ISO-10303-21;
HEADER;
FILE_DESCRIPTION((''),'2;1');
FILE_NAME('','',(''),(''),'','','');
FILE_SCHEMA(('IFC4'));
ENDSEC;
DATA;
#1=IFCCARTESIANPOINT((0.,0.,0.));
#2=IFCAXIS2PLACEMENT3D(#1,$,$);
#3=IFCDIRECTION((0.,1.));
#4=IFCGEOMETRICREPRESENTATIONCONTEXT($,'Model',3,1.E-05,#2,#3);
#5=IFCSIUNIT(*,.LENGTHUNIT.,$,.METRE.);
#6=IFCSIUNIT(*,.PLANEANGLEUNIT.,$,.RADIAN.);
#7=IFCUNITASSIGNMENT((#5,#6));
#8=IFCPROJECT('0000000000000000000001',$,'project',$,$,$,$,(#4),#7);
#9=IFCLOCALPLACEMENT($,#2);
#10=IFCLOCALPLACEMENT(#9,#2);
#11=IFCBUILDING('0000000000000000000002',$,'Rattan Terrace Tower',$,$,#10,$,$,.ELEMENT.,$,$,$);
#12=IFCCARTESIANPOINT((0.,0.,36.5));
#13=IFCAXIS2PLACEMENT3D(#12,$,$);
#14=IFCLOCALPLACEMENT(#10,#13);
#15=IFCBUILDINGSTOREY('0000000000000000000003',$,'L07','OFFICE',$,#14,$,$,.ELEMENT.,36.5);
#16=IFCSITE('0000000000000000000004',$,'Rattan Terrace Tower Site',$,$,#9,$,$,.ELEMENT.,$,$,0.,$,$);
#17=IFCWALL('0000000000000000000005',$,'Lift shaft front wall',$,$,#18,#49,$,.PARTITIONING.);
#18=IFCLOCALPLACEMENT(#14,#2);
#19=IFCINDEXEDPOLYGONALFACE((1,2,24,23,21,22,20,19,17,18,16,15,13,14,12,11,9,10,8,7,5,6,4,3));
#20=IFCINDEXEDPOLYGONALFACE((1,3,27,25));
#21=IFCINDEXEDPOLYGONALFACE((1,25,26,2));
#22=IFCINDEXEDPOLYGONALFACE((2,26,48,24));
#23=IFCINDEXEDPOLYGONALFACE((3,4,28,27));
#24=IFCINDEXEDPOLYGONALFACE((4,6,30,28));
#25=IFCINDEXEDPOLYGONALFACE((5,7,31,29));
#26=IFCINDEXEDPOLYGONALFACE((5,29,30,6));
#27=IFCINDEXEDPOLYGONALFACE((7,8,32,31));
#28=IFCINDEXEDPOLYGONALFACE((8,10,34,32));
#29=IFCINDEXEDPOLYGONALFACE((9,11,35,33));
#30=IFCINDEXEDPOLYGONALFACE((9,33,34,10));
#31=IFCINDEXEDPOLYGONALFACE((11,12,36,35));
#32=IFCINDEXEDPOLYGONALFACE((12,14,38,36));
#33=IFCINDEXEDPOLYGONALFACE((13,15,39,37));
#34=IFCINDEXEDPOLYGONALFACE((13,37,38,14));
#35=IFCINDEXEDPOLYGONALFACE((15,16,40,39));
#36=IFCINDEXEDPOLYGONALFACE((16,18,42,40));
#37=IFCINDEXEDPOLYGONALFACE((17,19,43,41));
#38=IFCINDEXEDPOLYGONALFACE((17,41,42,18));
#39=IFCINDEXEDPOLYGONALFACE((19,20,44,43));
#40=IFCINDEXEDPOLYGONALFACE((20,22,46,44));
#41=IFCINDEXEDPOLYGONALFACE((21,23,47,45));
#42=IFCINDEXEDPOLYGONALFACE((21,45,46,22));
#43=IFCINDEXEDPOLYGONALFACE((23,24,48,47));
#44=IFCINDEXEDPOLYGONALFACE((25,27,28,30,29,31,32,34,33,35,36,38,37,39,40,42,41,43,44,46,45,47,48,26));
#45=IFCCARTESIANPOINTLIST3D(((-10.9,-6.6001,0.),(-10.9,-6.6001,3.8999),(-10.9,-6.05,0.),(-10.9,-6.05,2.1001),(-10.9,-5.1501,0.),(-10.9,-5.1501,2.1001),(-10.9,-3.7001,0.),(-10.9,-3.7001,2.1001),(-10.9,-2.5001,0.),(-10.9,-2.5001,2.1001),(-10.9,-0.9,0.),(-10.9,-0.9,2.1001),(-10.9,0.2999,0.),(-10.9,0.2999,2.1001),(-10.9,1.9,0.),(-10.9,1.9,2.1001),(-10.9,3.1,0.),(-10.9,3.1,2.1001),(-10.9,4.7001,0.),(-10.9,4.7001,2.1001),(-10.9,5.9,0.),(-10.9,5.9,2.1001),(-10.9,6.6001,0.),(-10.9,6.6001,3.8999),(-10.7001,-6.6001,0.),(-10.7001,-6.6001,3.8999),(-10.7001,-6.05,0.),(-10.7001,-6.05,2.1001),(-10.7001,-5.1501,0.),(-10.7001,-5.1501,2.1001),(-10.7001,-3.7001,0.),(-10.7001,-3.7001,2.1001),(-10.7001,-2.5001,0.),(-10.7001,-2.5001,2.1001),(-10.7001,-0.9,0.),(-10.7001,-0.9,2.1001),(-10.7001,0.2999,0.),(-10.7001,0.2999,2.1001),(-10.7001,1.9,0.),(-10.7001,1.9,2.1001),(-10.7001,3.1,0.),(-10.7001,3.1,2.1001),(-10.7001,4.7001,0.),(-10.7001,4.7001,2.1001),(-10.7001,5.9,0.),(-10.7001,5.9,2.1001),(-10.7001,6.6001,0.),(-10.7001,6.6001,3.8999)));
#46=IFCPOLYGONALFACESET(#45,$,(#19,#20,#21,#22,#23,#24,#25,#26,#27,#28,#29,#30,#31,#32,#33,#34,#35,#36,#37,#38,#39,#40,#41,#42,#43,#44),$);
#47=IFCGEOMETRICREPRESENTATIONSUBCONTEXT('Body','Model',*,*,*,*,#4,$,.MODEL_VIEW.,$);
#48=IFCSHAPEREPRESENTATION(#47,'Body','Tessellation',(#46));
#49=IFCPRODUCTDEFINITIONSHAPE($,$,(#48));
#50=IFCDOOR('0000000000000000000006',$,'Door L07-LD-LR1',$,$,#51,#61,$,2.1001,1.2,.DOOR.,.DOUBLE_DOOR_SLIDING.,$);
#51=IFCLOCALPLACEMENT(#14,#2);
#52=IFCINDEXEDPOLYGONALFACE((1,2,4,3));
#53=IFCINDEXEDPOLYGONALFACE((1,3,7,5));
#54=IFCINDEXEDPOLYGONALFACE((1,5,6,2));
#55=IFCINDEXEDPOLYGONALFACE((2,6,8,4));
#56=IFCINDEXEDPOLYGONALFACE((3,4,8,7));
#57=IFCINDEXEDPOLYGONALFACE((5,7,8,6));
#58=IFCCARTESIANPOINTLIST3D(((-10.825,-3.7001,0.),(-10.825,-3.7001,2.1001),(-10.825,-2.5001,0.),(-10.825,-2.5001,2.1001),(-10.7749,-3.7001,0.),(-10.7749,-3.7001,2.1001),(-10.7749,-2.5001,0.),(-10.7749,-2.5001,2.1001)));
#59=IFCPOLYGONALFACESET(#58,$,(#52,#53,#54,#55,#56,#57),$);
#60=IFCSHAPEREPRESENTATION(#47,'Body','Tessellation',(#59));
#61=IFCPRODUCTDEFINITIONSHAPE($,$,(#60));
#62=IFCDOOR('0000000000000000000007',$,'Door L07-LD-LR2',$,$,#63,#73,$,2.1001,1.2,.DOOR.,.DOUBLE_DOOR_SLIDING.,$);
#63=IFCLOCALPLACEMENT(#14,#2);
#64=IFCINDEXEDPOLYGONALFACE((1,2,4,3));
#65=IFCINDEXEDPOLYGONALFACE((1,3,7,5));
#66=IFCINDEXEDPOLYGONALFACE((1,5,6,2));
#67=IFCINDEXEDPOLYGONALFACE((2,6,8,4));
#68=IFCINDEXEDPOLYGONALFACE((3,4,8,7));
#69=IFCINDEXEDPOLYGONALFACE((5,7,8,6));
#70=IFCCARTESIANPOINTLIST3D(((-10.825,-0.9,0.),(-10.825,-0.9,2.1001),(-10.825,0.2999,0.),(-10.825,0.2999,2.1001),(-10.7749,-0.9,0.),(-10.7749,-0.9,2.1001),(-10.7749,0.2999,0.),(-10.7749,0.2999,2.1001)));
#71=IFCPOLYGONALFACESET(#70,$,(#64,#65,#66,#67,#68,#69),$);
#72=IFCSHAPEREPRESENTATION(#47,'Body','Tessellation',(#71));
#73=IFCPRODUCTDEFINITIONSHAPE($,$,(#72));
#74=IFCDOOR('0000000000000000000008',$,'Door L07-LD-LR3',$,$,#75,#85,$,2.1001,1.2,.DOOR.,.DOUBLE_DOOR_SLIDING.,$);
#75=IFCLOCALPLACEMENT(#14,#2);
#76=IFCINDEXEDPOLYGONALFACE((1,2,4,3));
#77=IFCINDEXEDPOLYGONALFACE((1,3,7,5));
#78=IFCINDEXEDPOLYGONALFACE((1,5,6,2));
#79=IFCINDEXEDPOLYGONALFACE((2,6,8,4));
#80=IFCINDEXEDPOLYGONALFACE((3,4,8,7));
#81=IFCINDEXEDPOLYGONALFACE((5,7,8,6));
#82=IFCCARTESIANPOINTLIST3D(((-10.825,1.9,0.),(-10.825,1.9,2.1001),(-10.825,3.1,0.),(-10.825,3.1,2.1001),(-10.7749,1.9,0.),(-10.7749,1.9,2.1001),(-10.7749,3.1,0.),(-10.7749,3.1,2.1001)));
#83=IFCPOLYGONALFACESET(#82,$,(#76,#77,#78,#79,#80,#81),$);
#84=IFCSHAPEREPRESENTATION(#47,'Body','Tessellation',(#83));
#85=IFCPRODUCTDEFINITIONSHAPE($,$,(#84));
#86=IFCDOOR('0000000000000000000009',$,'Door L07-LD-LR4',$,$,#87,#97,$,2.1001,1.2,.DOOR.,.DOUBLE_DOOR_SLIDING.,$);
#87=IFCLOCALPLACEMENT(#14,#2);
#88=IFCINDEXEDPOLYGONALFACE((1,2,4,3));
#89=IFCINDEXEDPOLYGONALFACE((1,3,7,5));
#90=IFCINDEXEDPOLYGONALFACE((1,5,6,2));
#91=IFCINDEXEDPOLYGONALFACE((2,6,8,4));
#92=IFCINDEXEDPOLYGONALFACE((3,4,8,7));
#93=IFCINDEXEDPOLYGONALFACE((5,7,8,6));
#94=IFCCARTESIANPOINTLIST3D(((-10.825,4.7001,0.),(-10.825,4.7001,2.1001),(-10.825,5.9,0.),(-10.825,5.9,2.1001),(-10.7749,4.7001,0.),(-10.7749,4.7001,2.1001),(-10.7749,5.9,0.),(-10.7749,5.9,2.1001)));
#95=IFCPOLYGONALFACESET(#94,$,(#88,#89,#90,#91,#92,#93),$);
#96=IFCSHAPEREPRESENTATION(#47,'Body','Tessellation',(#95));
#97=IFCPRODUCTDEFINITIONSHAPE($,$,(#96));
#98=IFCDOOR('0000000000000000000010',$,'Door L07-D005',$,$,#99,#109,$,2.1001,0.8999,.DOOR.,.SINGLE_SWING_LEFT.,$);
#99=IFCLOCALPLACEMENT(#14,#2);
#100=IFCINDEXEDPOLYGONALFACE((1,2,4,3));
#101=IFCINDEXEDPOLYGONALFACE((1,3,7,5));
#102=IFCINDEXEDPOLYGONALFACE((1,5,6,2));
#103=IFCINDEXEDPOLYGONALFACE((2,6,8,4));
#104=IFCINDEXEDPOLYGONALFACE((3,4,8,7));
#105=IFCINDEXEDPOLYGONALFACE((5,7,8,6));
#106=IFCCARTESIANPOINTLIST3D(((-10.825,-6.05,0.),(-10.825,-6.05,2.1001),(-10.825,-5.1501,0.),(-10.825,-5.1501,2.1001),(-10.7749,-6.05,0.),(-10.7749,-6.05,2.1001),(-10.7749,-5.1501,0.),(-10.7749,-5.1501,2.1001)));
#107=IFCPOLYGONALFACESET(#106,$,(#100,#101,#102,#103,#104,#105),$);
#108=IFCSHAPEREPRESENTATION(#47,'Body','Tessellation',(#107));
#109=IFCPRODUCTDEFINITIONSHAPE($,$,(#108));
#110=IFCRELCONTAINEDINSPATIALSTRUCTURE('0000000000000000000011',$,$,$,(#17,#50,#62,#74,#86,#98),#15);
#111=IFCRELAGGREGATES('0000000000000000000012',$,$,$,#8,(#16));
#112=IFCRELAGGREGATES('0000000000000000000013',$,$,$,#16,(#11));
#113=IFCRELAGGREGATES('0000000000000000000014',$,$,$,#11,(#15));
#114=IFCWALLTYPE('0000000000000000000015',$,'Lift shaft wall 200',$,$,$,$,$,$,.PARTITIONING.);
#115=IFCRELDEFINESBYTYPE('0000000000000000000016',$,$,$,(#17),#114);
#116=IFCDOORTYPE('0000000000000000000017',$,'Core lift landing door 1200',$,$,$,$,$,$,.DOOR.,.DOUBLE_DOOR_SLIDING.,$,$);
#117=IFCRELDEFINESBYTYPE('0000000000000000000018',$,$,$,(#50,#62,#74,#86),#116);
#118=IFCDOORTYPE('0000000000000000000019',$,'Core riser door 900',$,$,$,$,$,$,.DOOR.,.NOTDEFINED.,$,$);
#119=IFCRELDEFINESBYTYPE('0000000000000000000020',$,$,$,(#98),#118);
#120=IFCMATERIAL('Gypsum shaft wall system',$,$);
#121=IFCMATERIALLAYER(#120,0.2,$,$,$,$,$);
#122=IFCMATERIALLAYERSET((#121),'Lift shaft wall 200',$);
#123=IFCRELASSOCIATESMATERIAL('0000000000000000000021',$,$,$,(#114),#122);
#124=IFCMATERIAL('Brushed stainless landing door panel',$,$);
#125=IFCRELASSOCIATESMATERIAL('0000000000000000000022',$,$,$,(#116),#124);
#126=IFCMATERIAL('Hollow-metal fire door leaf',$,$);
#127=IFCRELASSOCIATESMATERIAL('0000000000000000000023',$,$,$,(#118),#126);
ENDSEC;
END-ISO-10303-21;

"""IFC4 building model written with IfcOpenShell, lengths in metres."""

from ifc_helpers import new_model, si_unit, direction, frame, frame_2d, origin, place, context, subcontext, project, spatial, rectangle, extrude, material, layer, layer_set, type_object, element, fill, save


model = new_model("IFC4")

# Units and contexts
model_context = context("Model", 3, precision=1e-05, world=origin(), true_north=direction((0.0, 1.0)))
body_context = subcontext(model_context, "Body", "Model", "MODEL_VIEW")
ifc_project = project(units=[si_unit("LENGTHUNIT", "METRE"), si_unit("PLANEANGLEUNIT", "RADIAN")], contexts=[model_context])

# Site, building, storey
site_placement = place(None, origin())
site = spatial("IfcSite", under=ifc_project, at=site_placement, Name="Rattan Terrace Tower Site", CompositionType="ELEMENT", RefElevation=0.0)
building_placement = place(site_placement, origin())
building = spatial("IfcBuilding", under=site, at=building_placement, Name="Rattan Terrace Tower", CompositionType="ELEMENT")
storey_placement = place(building_placement, frame((0.0, 0.0, 36.5)))
storey = spatial("IfcBuildingStorey", under=building, at=storey_placement, Name="L07", Description="OFFICE", CompositionType="ELEMENT", Elevation=36.5)

# Wall, openings, doors
ifc_material_1 = material(Name="Gypsum shaft wall system")
ifc_layer_1 = layer(ifc_material_1, 0.2)
ifc_layer_set_1 = layer_set([ifc_layer_1], Name="Lift shaft wall 200")
wall_type_1 = type_object("IfcWallType", Name="Lift shaft wall 200", PredefinedType="PARTITIONING", material=ifc_layer_set_1)
wall_1_placement = place(storey_placement, frame((-10.8, -6.6001, 0.0), z_axis=(0.0, 0.0, 1.0), x_axis=(0.0, 1.0, 0.0)))
wall_1 = element("IfcWall", 1, at=wall_1_placement, inside=storey, type_object=wall_type_1, Name="Lift shaft front wall", PredefinedType="PARTITIONING", context=body_context, shape_type="SweptSolid", body=[
    extrude(rectangle(XDim=13.2002, YDim=0.2, at=frame_2d((6.6001, 0.0))), origin(), (0.0, 0.0, 1.0), 3.8999),
])
opening_1_placement = place(wall_1_placement, frame((0.55, 0.0, 0.0)))
opening_1 = element("IfcOpeningElement", 2, at=opening_1_placement, cuts=wall_1, PredefinedType="OPENING", context=body_context, shape_type="SweptSolid", body=[
    extrude(rectangle(XDim=0.8999, YDim=2.1001, at=frame_2d((0.45, 1.05))), frame((0.0, 0.1106, 0.0), z_axis=(0.0, -1.0, 0.0), x_axis=(1.0, 0.0, 0.0)), (0.0, 0.0, 1.0), 0.2209),
])
opening_2_placement = place(wall_1_placement, frame((2.8999, 0.0, 0.0)))
opening_2 = element("IfcOpeningElement", 3, at=opening_2_placement, cuts=wall_1, PredefinedType="OPENING", context=body_context, shape_type="SweptSolid", body=[
    extrude(rectangle(XDim=1.2, YDim=2.1001, at=frame_2d((0.6001, 1.05))), frame((0.0, 0.1106, 0.0), z_axis=(0.0, -1.0, 0.0), x_axis=(1.0, 0.0, 0.0)), (0.0, 0.0, 1.0), 0.2209),
])
opening_3_placement = place(wall_1_placement, frame((5.7, 0.0, 0.0)))
opening_3 = element("IfcOpeningElement", 4, at=opening_3_placement, cuts=wall_1, PredefinedType="OPENING", context=body_context, shape_type="SweptSolid", body=[
    extrude(rectangle(XDim=1.2, YDim=2.1001, at=frame_2d((0.6001, 1.05))), frame((0.0, 0.1106, 0.0), z_axis=(0.0, -1.0, 0.0), x_axis=(1.0, 0.0, 0.0)), (0.0, 0.0, 1.0), 0.2209),
])
opening_4_placement = place(wall_1_placement, frame((8.5, 0.0, 0.0)))
opening_4 = element("IfcOpeningElement", 5, at=opening_4_placement, cuts=wall_1, PredefinedType="OPENING", context=body_context, shape_type="SweptSolid", body=[
    extrude(rectangle(XDim=1.2, YDim=2.1001, at=frame_2d((0.6001, 1.05))), frame((0.0, 0.1106, 0.0), z_axis=(0.0, -1.0, 0.0), x_axis=(1.0, 0.0, 0.0)), (0.0, 0.0, 1.0), 0.2209),
])
opening_5_placement = place(wall_1_placement, frame((11.3, 0.0, 0.0)))
opening_5 = element("IfcOpeningElement", 6, at=opening_5_placement, cuts=wall_1, PredefinedType="OPENING", context=body_context, shape_type="SweptSolid", body=[
    extrude(rectangle(XDim=1.2, YDim=2.1001, at=frame_2d((0.6001, 1.05))), frame((0.0, 0.1106, 0.0), z_axis=(0.0, -1.0, 0.0), x_axis=(1.0, 0.0, 0.0)), (0.0, 0.0, 1.0), 0.2209),
])
ifc_material_2 = material(Name="Brushed stainless landing door panel")
door_type_1 = type_object("IfcDoorType", Name="Core lift landing door 1200", OperationType="DOUBLE_DOOR_SLIDING", PredefinedType="DOOR", material=ifc_material_2)
door_1_placement = place(opening_2_placement, origin())
door_1 = element("IfcDoor", 7, at=door_1_placement, inside=storey, type_object=door_type_1, Name="Door L07-LD-LR1", OperationType="DOUBLE_DOOR_SLIDING", OverallHeight=2.1001, OverallWidth=1.2, PredefinedType="DOOR", context=body_context, shape_type="SweptSolid", body=[
    extrude(rectangle(XDim=1.2, YDim=2.1001, at=frame_2d((0.6001, 1.05))), frame((0.0, 0.0249, 0.0), z_axis=(0.0, -1.0, 0.0), x_axis=(1.0, 0.0, 0.0)), (0.0, 0.0, 1.0), 0.05),
])
fill(opening_2, door_1)
door_2_placement = place(opening_3_placement, origin())
door_2 = element("IfcDoor", 8, at=door_2_placement, inside=storey, type_object=door_type_1, Name="Door L07-LD-LR2", OperationType="DOUBLE_DOOR_SLIDING", OverallHeight=2.1001, OverallWidth=1.2, PredefinedType="DOOR", context=body_context, shape_type="SweptSolid", body=[
    extrude(rectangle(XDim=1.2, YDim=2.1001, at=frame_2d((0.6001, 1.05))), frame((0.0, 0.0249, 0.0), z_axis=(0.0, -1.0, 0.0), x_axis=(1.0, 0.0, 0.0)), (0.0, 0.0, 1.0), 0.05),
])
fill(opening_3, door_2)
door_3_placement = place(opening_4_placement, origin())
door_3 = element("IfcDoor", 9, at=door_3_placement, inside=storey, type_object=door_type_1, Name="Door L07-LD-LR3", OperationType="DOUBLE_DOOR_SLIDING", OverallHeight=2.1001, OverallWidth=1.2, PredefinedType="DOOR", context=body_context, shape_type="SweptSolid", body=[
    extrude(rectangle(XDim=1.2, YDim=2.1001, at=frame_2d((0.6001, 1.05))), frame((0.0, 0.0249, 0.0), z_axis=(0.0, -1.0, 0.0), x_axis=(1.0, 0.0, 0.0)), (0.0, 0.0, 1.0), 0.05),
])
fill(opening_4, door_3)
door_4_placement = place(opening_5_placement, origin())
door_4 = element("IfcDoor", 10, at=door_4_placement, inside=storey, type_object=door_type_1, Name="Door L07-LD-LR4", OperationType="DOUBLE_DOOR_SLIDING", OverallHeight=2.1001, OverallWidth=1.2, PredefinedType="DOOR", context=body_context, shape_type="SweptSolid", body=[
    extrude(rectangle(XDim=1.2, YDim=2.1001, at=frame_2d((0.6001, 1.05))), frame((0.0, 0.0249, 0.0), z_axis=(0.0, -1.0, 0.0), x_axis=(1.0, 0.0, 0.0)), (0.0, 0.0, 1.0), 0.05),
])
fill(opening_5, door_4)
ifc_material_3 = material(Name="Hollow-metal fire door leaf")
door_type_2 = type_object("IfcDoorType", Name="Core riser door 900", OperationType="NOTDEFINED", PredefinedType="DOOR", material=ifc_material_3)
door_5_placement = place(opening_1_placement, origin())
door_5 = element("IfcDoor", 11, at=door_5_placement, inside=storey, type_object=door_type_2, Name="Door L07-D005", OperationType="SINGLE_SWING_LEFT", OverallHeight=2.1001, OverallWidth=0.8999, PredefinedType="DOOR", context=body_context, shape_type="SweptSolid", body=[
    extrude(rectangle(XDim=0.8999, YDim=2.1001, at=frame_2d((0.45, 1.05))), frame((0.0, 0.0249, 0.0), z_axis=(0.0, -1.0, 0.0), x_axis=(1.0, 0.0, 0.0)), (0.0, 0.0, 1.0), 0.05),
])
fill(opening_1, door_5)

save(model, "model.ifc")
